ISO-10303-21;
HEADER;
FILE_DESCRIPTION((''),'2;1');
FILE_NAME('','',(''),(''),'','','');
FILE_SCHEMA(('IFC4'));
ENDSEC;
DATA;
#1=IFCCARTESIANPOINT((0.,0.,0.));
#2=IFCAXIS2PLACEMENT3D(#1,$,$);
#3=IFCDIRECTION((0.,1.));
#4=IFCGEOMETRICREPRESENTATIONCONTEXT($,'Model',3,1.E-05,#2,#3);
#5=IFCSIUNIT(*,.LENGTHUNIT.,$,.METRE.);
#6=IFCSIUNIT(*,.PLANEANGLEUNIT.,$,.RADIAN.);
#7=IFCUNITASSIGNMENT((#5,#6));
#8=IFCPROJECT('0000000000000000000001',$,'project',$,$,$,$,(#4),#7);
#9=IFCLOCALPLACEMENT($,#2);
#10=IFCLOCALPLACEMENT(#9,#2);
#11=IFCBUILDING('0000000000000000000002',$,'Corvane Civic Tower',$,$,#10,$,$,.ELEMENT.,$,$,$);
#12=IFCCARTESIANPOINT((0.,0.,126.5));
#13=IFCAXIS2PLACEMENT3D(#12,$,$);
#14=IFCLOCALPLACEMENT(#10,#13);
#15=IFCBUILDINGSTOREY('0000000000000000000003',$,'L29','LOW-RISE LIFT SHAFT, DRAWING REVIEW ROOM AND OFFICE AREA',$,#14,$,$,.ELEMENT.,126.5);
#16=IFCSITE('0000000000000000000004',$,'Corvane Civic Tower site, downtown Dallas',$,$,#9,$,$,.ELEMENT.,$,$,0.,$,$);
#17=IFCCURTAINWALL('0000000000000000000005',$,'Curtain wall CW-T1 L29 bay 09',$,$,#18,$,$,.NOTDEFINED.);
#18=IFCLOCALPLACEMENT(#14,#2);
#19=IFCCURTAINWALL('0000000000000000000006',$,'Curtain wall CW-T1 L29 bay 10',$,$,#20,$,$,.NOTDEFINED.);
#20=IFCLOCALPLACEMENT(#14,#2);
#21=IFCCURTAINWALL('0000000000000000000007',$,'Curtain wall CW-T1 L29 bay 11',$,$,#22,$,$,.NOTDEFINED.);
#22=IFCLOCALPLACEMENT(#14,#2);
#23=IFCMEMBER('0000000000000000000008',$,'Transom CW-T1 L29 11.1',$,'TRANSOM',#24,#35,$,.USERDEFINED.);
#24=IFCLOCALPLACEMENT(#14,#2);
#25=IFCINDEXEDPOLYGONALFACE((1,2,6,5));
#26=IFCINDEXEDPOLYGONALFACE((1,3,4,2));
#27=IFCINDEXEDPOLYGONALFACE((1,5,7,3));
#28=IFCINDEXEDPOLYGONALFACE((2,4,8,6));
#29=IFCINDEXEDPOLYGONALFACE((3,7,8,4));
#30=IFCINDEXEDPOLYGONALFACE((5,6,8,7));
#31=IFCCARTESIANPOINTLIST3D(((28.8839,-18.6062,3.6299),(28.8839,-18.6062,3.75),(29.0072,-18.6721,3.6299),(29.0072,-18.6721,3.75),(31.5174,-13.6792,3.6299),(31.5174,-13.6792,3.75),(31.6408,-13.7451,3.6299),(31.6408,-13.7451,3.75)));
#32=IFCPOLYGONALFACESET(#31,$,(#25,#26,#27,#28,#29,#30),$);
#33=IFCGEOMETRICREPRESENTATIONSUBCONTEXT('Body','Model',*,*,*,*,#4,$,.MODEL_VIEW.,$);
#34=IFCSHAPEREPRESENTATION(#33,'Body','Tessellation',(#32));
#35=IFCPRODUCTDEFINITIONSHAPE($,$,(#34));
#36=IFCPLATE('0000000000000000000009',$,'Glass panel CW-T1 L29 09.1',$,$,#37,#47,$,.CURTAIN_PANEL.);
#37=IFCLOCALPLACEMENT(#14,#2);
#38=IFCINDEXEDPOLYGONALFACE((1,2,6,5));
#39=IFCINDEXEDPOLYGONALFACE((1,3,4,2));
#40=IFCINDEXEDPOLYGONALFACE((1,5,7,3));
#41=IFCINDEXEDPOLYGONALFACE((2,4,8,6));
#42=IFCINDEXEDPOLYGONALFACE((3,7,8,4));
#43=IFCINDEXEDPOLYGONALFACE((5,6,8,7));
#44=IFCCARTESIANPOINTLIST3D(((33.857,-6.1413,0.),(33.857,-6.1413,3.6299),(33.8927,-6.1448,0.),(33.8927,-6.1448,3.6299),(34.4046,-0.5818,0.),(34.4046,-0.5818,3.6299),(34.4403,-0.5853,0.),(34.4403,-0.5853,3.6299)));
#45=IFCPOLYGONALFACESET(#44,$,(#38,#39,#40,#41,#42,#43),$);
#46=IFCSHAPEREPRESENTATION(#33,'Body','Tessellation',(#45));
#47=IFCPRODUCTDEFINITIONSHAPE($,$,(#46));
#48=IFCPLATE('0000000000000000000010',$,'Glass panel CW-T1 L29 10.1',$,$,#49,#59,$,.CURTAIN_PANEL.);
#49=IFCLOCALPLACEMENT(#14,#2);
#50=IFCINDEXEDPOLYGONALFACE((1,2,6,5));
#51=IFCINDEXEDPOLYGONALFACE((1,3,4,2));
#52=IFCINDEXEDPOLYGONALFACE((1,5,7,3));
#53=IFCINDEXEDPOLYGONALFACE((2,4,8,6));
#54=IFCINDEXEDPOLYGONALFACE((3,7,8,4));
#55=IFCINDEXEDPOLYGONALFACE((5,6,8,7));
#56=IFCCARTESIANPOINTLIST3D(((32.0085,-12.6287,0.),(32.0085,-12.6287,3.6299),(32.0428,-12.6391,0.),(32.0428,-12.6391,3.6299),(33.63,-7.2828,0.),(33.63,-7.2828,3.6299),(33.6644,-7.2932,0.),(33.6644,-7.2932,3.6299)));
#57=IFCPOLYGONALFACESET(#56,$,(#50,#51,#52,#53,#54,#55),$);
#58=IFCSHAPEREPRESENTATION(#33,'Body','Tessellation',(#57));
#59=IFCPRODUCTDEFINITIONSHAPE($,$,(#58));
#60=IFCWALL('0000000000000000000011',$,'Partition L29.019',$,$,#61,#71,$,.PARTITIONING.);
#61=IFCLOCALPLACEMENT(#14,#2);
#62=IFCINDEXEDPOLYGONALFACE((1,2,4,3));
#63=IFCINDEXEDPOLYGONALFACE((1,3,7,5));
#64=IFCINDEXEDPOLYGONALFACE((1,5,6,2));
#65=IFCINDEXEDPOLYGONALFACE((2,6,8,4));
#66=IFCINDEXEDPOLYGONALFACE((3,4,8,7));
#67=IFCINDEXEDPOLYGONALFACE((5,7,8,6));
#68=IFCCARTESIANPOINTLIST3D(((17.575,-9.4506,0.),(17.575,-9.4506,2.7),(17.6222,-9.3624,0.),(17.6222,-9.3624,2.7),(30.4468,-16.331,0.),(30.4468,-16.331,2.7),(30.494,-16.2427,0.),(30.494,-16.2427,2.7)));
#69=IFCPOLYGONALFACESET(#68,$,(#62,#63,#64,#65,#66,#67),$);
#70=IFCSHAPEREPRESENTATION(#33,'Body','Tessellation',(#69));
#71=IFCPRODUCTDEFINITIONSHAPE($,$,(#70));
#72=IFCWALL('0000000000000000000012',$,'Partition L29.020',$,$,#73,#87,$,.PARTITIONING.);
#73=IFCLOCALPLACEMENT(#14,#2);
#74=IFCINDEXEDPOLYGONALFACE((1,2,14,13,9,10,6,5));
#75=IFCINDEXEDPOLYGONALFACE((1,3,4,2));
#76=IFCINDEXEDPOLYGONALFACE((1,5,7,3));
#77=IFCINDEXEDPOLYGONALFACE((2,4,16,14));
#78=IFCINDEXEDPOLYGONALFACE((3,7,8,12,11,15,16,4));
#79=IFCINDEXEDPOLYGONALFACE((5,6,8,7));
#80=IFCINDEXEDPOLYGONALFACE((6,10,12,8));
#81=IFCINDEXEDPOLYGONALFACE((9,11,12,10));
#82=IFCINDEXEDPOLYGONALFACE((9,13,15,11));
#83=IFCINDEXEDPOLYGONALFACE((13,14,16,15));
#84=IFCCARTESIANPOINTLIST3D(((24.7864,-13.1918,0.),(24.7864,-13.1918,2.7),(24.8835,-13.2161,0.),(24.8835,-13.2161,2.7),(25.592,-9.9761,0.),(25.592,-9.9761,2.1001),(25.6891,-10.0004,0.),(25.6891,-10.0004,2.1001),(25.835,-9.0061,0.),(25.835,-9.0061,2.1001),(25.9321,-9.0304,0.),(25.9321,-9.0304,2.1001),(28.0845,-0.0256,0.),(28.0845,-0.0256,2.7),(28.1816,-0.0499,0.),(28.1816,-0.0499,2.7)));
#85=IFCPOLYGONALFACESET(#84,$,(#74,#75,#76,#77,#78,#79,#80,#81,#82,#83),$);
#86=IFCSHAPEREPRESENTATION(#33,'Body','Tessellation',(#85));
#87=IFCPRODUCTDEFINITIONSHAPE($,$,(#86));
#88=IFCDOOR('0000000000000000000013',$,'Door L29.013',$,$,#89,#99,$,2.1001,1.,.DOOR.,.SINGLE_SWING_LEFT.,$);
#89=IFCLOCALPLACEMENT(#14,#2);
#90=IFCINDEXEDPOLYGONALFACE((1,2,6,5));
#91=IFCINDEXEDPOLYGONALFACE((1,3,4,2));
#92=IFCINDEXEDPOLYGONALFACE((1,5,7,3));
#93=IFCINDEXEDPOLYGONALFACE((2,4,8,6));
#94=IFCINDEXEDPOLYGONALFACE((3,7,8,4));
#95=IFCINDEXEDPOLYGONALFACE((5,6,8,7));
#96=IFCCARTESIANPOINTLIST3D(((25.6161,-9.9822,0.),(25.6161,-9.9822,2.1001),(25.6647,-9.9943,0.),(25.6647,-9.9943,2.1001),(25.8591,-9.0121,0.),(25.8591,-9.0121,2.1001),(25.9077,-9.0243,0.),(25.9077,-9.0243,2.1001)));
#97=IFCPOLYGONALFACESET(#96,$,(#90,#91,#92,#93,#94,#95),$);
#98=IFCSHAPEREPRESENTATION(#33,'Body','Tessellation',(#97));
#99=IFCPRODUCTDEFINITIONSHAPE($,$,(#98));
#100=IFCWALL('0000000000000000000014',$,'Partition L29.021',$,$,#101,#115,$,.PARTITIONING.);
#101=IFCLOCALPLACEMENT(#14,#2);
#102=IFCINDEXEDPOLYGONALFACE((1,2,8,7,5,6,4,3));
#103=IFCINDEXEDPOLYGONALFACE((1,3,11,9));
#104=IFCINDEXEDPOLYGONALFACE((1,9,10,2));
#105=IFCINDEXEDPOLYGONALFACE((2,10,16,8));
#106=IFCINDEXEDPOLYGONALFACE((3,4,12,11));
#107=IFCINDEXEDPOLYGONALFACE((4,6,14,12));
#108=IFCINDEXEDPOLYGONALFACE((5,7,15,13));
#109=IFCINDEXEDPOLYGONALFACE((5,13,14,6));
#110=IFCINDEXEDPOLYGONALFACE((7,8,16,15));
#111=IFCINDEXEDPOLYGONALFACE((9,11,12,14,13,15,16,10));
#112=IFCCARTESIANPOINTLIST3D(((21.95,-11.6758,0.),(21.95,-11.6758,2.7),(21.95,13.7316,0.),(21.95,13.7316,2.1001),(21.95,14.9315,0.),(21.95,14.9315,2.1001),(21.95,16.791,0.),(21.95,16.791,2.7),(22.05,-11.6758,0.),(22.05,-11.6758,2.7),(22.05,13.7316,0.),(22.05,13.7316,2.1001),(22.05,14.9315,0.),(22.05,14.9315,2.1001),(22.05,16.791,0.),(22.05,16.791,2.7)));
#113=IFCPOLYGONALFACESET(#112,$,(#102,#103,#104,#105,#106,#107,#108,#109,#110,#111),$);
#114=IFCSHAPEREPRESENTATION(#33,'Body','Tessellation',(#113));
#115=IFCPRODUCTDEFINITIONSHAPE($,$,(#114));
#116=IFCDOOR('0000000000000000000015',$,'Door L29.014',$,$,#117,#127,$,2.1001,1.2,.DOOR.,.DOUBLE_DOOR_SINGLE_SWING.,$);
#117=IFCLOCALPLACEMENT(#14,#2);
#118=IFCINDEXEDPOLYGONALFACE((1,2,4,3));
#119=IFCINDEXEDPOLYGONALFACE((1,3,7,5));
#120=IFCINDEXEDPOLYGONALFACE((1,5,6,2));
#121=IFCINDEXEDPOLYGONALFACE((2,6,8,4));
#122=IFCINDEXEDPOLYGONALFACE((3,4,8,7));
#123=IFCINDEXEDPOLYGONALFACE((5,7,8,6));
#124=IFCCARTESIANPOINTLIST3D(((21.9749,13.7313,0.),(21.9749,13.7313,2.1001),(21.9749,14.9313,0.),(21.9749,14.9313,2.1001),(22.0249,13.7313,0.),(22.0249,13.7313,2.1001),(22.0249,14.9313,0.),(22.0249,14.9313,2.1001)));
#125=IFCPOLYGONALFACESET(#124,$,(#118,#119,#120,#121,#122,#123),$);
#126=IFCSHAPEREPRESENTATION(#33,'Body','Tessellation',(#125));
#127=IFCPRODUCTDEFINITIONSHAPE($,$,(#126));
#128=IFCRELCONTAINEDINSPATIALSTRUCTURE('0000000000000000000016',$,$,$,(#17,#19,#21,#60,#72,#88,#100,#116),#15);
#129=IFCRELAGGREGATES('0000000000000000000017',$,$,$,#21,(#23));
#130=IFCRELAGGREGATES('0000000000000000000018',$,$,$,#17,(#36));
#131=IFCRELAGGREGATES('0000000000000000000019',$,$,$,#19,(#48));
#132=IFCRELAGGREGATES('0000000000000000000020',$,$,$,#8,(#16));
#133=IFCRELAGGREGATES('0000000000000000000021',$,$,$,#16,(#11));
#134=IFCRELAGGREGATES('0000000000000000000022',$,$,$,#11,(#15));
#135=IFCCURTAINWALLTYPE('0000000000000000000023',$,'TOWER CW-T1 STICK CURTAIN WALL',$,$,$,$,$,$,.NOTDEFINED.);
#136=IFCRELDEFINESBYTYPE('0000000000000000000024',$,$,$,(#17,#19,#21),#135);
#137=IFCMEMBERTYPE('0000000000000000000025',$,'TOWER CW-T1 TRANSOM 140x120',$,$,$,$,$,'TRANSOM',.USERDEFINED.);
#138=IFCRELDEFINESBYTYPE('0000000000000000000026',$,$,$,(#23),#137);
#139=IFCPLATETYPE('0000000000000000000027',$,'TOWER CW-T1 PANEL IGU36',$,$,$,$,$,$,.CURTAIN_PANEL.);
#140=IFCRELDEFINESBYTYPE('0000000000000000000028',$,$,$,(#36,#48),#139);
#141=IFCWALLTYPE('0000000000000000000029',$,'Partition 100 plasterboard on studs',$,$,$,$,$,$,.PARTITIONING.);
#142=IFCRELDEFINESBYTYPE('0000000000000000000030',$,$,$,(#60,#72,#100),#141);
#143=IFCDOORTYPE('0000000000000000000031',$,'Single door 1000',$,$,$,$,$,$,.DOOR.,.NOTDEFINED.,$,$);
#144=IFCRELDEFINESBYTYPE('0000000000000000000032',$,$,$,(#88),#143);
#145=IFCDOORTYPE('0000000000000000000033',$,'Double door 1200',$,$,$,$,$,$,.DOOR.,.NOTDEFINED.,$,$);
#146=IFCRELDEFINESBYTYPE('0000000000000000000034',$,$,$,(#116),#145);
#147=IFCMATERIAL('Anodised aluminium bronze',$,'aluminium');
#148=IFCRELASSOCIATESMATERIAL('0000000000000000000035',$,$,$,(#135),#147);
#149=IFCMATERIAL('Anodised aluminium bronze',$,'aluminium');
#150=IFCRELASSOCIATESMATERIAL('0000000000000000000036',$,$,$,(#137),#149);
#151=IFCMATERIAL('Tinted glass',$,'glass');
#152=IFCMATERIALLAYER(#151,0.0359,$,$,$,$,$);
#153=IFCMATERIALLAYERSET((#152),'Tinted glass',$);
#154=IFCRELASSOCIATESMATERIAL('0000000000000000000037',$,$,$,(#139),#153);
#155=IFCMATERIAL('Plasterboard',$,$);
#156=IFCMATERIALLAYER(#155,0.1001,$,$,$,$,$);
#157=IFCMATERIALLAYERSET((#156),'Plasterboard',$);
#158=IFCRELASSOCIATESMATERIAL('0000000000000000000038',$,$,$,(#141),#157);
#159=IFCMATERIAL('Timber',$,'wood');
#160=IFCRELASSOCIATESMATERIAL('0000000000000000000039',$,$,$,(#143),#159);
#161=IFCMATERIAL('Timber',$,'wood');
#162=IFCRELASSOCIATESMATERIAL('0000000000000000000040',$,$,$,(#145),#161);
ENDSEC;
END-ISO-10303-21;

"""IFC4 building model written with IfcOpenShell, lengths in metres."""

from ifc_helpers import new_model, si_unit, direction, frame, frame_2d, origin, origin_2d, place, context, subcontext, project, spatial, rectangle, extrude, material, layer, layer_set, material_profile, profile_set, type_object, element, fill, aggregate, save


model = new_model("IFC4")

# Units and contexts
model_context = context("Model", 3, precision=1e-05, world=origin(), true_north=direction((0.0, 1.0)))
body_context = subcontext(model_context, "Body", "Model", "MODEL_VIEW")
ifc_project = project(units=[si_unit("LENGTHUNIT", "METRE"), si_unit("PLANEANGLEUNIT", "RADIAN")], contexts=[model_context])

# Site, building, storey
site_placement = place(None, origin())
site = spatial("IfcSite", under=ifc_project, at=site_placement, Name="Corvane Civic Tower site, downtown Dallas", CompositionType="ELEMENT", RefElevation=0.0)
building_placement = place(site_placement, origin())
building = spatial("IfcBuilding", under=site, at=building_placement, Name="Corvane Civic Tower", CompositionType="ELEMENT")
storey_placement = place(building_placement, frame((0.0, 0.0, 126.5)))
storey = spatial("IfcBuildingStorey", under=building, at=storey_placement, Name="L29", Description="LOW-RISE LIFT SHAFT, DRAWING REVIEW ROOM AND OFFICE AREA", CompositionType="ELEMENT", Elevation=126.5)

# Curtain walls, member
ifc_material_1 = material(Name="Anodised aluminium bronze", Category="aluminium")
curtain_wall_type = type_object("IfcCurtainWallType", Name="TOWER CW-T1 STICK CURTAIN WALL", PredefinedType="NOTDEFINED", material=ifc_material_1)
curtain_wall_1_placement = place(storey_placement, origin())
curtain_wall_1 = element("IfcCurtainWall", 1, at=curtain_wall_1_placement, inside=storey, type_object=curtain_wall_type, Name="Curtain wall CW-T1 L29 bay 09", PredefinedType="NOTDEFINED")
ifc_material_2 = material(Name="Anodised aluminium bronze", Category="aluminium")
ifc_material_profile_1 = material_profile(ifc_material_2, rectangle(XDim=0.1399, YDim=0.1201, at=origin_2d()), Name="TOWER CW-T1 TRANSOM 140x120")
ifc_profile_set_1 = profile_set([ifc_material_profile_1], Name="Anodised aluminium bronze")
member_type = type_object("IfcMemberType", Name="TOWER CW-T1 TRANSOM 140x120", ElementType="TRANSOM", PredefinedType="USERDEFINED", material=ifc_profile_set_1)
curtain_wall_2_placement = place(storey_placement, origin())
curtain_wall_2 = element("IfcCurtainWall", 2, at=curtain_wall_2_placement, inside=storey, type_object=curtain_wall_type, Name="Curtain wall CW-T1 L29 bay 10", PredefinedType="NOTDEFINED")
curtain_wall_3_placement = place(storey_placement, origin())
curtain_wall_3 = element("IfcCurtainWall", 3, at=curtain_wall_3_placement, inside=storey, type_object=curtain_wall_type, Name="Curtain wall CW-T1 L29 bay 11", PredefinedType="NOTDEFINED")
member_1_placement = place(storey_placement, frame((31.5791, -13.7122, 3.6899), z_axis=(-0.471398, -0.881921, 0.0), x_axis=(0.881921, -0.471398, 0.0)))
member_1 = element("IfcMember", 4, at=member_1_placement, type_object=member_type, Name="Transom CW-T1 L29 11.1", ObjectType="TRANSOM", PredefinedType="USERDEFINED", context=body_context, shape_type="SweptSolid", body=[
    extrude(rectangle(XDim=0.1399, YDim=0.1201, at=origin_2d()), origin(), (0.0, 0.0, 1.0), 5.5867),
])
aggregate(curtain_wall_3, [member_1])

# Plates
ifc_material_3 = material(Name="Tinted glass", Category="glass")
ifc_layer_1 = layer(ifc_material_3, 0.0359)
ifc_layer_set_1 = layer_set([ifc_layer_1], Name="Tinted glass")
plate_type = type_object("IfcPlateType", Name="TOWER CW-T1 PANEL IGU36", PredefinedType="CURTAIN_PANEL", material=ifc_layer_set_1)
plate_1_placement = place(storey_placement, frame((34.1487, -3.3633, 0.0), z_axis=(0.0, 0.0, 1.0), x_axis=(-0.098027, -0.995184, 0.0)))
plate_1 = element("IfcPlate", 5, at=plate_1_placement, type_object=plate_type, Name="Glass panel CW-T1 L29 09.1", PredefinedType="CURTAIN_PANEL", context=body_context, shape_type="SweptSolid", body=[
    extrude(rectangle(XDim=5.5864, YDim=0.0359, at=origin_2d()), origin(), (0.0, 0.0, 1.0), 3.6299),
])
aggregate(curtain_wall_1, [plate_1])
plate_2_placement = place(storey_placement, frame((32.8364, -9.9609, 0.0), z_axis=(0.0, 0.0, 1.0), x_axis=(-0.290266, -0.956946, 0.0)))
plate_2 = element("IfcPlate", 6, at=plate_2_placement, type_object=plate_type, Name="Glass panel CW-T1 L29 10.1", PredefinedType="CURTAIN_PANEL", context=body_context, shape_type="SweptSolid", body=[
    extrude(rectangle(XDim=5.5864, YDim=0.0359, at=origin_2d()), origin(), (0.0, 0.0, 1.0), 3.6299),
])
aggregate(curtain_wall_2, [plate_2])

# Wall
ifc_material_4 = material(Name="Plasterboard")
ifc_layer_2 = layer(ifc_material_4, 0.1001)
ifc_layer_set_2 = layer_set([ifc_layer_2], Name="Plasterboard")
wall_type = type_object("IfcWallType", Name="Partition 100 plasterboard on studs", PredefinedType="PARTITIONING", material=ifc_layer_set_2)
wall_1_placement = place(storey_placement, frame((17.5986, -9.4065, 0.0), z_axis=(0.0, 0.0, 1.0), x_axis=(0.881915, -0.471409, 0.0)))
element("IfcWall", 7, at=wall_1_placement, inside=storey, type_object=wall_type, Name="Partition L29.019", PredefinedType="PARTITIONING", context=body_context, shape_type="SweptSolid", body=[
    extrude(rectangle(XDim=14.5952, YDim=0.1001, at=frame_2d((7.2976, 0.0))), origin(), (0.0, 0.0, 1.0), 2.7),
])

# Walls, openings, doors
wall_2_placement = place(storey_placement, frame((24.835, -13.2041, 0.0), z_axis=(0.0, 0.0, 1.0), x_axis=(0.242988, 0.970029, 0.0)))
wall_2 = element("IfcWall", 8, at=wall_2_placement, inside=storey, type_object=wall_type, Name="Partition L29.020", PredefinedType="PARTITIONING", context=body_context, shape_type="SweptSolid", body=[
    extrude(rectangle(XDim=13.573, YDim=0.1001, at=frame_2d((6.7866, 0.0))), origin(), (0.0, 0.0, 1.0), 2.7),
])
opening_1_placement = place(wall_2_placement, frame((3.3152, 0.0, 0.0)))
opening_1 = element("IfcOpeningElement", 9, at=opening_1_placement, cuts=wall_2, PredefinedType="OPENING", context=body_context, shape_type="SweptSolid", body=[
    extrude(rectangle(XDim=1.0, YDim=2.1001, at=frame_2d((0.5, 1.05))), frame((0.0, 0.0601, 0.0), z_axis=(0.0, -1.0, 0.0), x_axis=(1.0, 0.0, 0.0)), (0.0, 0.0, 1.0), 0.1201),
])
ifc_material_5 = material(Name="Timber", Category="wood")
door_type_1 = type_object("IfcDoorType", Name="Single door 1000", OperationType="NOTDEFINED", PredefinedType="DOOR", material=ifc_material_5)
door_1_placement = place(opening_1_placement, frame((1.0, 0.0, 0.0), z_axis=(0.0, 0.0, 1.0), x_axis=(-1.0, 0.0, 0.0)))
door_1 = element("IfcDoor", 10, at=door_1_placement, inside=storey, type_object=door_type_1, Name="Door L29.013", OperationType="SINGLE_SWING_LEFT", OverallHeight=2.1001, OverallWidth=1.0, PredefinedType="DOOR", context=body_context, shape_type="SweptSolid", body=[
    extrude(rectangle(XDim=1.0, YDim=2.1001, at=frame_2d((0.5, 1.05))), frame((0.0, 0.0249, 0.0), z_axis=(0.0, -1.0, 0.0), x_axis=(1.0, 0.0, 0.0)), (0.0, 0.0, 1.0), 0.05),
])
fill(opening_1, door_1)
wall_3_placement = place(storey_placement, frame((22.0, -11.6758, 0.0), z_axis=(0.0, 0.0, 1.0), x_axis=(0.0, 1.0, 0.0)))
wall_3 = element("IfcWall", 11, at=wall_3_placement, inside=storey, type_object=wall_type, Name="Partition L29.021", PredefinedType="PARTITIONING", context=body_context, shape_type="SweptSolid", body=[
    extrude(rectangle(XDim=28.4668, YDim=0.1001, at=frame_2d((14.2334, 0.0))), origin(), (0.0, 0.0, 1.0), 2.7),
])
opening_2_placement = place(wall_3_placement, frame((25.4072, 0.0, 0.0)))
opening_2 = element("IfcOpeningElement", 12, at=opening_2_placement, cuts=wall_3, PredefinedType="OPENING", context=body_context, shape_type="SweptSolid", body=[
    extrude(rectangle(XDim=1.2, YDim=2.1001, at=frame_2d((0.6001, 1.05))), frame((0.0, 0.0601, 0.0), z_axis=(0.0, -1.0, 0.0), x_axis=(1.0, 0.0, 0.0)), (0.0, 0.0, 1.0), 0.1201),
])
ifc_material_6 = material(Name="Timber", Category="wood")
door_type_2 = type_object("IfcDoorType", Name="Double door 1200", OperationType="NOTDEFINED", PredefinedType="DOOR", material=ifc_material_6)
door_2_placement = place(opening_2_placement, frame((1.2, 0.0, 0.0), z_axis=(0.0, 0.0, 1.0), x_axis=(-1.0, 0.0, 0.0)))
door_2 = element("IfcDoor", 13, at=door_2_placement, inside=storey, type_object=door_type_2, Name="Door L29.014", OperationType="DOUBLE_DOOR_SINGLE_SWING", OverallHeight=2.1001, OverallWidth=1.2, PredefinedType="DOOR", context=body_context, shape_type="SweptSolid", body=[
    extrude(rectangle(XDim=1.2, YDim=2.1001, at=frame_2d((0.6001, 1.05))), frame((0.0, 0.0249, 0.0), z_axis=(0.0, -1.0, 0.0), x_axis=(1.0, 0.0, 0.0)), (0.0, 0.0, 1.0), 0.05),
])
fill(opening_2, door_2)

save(model, "model.ifc")
